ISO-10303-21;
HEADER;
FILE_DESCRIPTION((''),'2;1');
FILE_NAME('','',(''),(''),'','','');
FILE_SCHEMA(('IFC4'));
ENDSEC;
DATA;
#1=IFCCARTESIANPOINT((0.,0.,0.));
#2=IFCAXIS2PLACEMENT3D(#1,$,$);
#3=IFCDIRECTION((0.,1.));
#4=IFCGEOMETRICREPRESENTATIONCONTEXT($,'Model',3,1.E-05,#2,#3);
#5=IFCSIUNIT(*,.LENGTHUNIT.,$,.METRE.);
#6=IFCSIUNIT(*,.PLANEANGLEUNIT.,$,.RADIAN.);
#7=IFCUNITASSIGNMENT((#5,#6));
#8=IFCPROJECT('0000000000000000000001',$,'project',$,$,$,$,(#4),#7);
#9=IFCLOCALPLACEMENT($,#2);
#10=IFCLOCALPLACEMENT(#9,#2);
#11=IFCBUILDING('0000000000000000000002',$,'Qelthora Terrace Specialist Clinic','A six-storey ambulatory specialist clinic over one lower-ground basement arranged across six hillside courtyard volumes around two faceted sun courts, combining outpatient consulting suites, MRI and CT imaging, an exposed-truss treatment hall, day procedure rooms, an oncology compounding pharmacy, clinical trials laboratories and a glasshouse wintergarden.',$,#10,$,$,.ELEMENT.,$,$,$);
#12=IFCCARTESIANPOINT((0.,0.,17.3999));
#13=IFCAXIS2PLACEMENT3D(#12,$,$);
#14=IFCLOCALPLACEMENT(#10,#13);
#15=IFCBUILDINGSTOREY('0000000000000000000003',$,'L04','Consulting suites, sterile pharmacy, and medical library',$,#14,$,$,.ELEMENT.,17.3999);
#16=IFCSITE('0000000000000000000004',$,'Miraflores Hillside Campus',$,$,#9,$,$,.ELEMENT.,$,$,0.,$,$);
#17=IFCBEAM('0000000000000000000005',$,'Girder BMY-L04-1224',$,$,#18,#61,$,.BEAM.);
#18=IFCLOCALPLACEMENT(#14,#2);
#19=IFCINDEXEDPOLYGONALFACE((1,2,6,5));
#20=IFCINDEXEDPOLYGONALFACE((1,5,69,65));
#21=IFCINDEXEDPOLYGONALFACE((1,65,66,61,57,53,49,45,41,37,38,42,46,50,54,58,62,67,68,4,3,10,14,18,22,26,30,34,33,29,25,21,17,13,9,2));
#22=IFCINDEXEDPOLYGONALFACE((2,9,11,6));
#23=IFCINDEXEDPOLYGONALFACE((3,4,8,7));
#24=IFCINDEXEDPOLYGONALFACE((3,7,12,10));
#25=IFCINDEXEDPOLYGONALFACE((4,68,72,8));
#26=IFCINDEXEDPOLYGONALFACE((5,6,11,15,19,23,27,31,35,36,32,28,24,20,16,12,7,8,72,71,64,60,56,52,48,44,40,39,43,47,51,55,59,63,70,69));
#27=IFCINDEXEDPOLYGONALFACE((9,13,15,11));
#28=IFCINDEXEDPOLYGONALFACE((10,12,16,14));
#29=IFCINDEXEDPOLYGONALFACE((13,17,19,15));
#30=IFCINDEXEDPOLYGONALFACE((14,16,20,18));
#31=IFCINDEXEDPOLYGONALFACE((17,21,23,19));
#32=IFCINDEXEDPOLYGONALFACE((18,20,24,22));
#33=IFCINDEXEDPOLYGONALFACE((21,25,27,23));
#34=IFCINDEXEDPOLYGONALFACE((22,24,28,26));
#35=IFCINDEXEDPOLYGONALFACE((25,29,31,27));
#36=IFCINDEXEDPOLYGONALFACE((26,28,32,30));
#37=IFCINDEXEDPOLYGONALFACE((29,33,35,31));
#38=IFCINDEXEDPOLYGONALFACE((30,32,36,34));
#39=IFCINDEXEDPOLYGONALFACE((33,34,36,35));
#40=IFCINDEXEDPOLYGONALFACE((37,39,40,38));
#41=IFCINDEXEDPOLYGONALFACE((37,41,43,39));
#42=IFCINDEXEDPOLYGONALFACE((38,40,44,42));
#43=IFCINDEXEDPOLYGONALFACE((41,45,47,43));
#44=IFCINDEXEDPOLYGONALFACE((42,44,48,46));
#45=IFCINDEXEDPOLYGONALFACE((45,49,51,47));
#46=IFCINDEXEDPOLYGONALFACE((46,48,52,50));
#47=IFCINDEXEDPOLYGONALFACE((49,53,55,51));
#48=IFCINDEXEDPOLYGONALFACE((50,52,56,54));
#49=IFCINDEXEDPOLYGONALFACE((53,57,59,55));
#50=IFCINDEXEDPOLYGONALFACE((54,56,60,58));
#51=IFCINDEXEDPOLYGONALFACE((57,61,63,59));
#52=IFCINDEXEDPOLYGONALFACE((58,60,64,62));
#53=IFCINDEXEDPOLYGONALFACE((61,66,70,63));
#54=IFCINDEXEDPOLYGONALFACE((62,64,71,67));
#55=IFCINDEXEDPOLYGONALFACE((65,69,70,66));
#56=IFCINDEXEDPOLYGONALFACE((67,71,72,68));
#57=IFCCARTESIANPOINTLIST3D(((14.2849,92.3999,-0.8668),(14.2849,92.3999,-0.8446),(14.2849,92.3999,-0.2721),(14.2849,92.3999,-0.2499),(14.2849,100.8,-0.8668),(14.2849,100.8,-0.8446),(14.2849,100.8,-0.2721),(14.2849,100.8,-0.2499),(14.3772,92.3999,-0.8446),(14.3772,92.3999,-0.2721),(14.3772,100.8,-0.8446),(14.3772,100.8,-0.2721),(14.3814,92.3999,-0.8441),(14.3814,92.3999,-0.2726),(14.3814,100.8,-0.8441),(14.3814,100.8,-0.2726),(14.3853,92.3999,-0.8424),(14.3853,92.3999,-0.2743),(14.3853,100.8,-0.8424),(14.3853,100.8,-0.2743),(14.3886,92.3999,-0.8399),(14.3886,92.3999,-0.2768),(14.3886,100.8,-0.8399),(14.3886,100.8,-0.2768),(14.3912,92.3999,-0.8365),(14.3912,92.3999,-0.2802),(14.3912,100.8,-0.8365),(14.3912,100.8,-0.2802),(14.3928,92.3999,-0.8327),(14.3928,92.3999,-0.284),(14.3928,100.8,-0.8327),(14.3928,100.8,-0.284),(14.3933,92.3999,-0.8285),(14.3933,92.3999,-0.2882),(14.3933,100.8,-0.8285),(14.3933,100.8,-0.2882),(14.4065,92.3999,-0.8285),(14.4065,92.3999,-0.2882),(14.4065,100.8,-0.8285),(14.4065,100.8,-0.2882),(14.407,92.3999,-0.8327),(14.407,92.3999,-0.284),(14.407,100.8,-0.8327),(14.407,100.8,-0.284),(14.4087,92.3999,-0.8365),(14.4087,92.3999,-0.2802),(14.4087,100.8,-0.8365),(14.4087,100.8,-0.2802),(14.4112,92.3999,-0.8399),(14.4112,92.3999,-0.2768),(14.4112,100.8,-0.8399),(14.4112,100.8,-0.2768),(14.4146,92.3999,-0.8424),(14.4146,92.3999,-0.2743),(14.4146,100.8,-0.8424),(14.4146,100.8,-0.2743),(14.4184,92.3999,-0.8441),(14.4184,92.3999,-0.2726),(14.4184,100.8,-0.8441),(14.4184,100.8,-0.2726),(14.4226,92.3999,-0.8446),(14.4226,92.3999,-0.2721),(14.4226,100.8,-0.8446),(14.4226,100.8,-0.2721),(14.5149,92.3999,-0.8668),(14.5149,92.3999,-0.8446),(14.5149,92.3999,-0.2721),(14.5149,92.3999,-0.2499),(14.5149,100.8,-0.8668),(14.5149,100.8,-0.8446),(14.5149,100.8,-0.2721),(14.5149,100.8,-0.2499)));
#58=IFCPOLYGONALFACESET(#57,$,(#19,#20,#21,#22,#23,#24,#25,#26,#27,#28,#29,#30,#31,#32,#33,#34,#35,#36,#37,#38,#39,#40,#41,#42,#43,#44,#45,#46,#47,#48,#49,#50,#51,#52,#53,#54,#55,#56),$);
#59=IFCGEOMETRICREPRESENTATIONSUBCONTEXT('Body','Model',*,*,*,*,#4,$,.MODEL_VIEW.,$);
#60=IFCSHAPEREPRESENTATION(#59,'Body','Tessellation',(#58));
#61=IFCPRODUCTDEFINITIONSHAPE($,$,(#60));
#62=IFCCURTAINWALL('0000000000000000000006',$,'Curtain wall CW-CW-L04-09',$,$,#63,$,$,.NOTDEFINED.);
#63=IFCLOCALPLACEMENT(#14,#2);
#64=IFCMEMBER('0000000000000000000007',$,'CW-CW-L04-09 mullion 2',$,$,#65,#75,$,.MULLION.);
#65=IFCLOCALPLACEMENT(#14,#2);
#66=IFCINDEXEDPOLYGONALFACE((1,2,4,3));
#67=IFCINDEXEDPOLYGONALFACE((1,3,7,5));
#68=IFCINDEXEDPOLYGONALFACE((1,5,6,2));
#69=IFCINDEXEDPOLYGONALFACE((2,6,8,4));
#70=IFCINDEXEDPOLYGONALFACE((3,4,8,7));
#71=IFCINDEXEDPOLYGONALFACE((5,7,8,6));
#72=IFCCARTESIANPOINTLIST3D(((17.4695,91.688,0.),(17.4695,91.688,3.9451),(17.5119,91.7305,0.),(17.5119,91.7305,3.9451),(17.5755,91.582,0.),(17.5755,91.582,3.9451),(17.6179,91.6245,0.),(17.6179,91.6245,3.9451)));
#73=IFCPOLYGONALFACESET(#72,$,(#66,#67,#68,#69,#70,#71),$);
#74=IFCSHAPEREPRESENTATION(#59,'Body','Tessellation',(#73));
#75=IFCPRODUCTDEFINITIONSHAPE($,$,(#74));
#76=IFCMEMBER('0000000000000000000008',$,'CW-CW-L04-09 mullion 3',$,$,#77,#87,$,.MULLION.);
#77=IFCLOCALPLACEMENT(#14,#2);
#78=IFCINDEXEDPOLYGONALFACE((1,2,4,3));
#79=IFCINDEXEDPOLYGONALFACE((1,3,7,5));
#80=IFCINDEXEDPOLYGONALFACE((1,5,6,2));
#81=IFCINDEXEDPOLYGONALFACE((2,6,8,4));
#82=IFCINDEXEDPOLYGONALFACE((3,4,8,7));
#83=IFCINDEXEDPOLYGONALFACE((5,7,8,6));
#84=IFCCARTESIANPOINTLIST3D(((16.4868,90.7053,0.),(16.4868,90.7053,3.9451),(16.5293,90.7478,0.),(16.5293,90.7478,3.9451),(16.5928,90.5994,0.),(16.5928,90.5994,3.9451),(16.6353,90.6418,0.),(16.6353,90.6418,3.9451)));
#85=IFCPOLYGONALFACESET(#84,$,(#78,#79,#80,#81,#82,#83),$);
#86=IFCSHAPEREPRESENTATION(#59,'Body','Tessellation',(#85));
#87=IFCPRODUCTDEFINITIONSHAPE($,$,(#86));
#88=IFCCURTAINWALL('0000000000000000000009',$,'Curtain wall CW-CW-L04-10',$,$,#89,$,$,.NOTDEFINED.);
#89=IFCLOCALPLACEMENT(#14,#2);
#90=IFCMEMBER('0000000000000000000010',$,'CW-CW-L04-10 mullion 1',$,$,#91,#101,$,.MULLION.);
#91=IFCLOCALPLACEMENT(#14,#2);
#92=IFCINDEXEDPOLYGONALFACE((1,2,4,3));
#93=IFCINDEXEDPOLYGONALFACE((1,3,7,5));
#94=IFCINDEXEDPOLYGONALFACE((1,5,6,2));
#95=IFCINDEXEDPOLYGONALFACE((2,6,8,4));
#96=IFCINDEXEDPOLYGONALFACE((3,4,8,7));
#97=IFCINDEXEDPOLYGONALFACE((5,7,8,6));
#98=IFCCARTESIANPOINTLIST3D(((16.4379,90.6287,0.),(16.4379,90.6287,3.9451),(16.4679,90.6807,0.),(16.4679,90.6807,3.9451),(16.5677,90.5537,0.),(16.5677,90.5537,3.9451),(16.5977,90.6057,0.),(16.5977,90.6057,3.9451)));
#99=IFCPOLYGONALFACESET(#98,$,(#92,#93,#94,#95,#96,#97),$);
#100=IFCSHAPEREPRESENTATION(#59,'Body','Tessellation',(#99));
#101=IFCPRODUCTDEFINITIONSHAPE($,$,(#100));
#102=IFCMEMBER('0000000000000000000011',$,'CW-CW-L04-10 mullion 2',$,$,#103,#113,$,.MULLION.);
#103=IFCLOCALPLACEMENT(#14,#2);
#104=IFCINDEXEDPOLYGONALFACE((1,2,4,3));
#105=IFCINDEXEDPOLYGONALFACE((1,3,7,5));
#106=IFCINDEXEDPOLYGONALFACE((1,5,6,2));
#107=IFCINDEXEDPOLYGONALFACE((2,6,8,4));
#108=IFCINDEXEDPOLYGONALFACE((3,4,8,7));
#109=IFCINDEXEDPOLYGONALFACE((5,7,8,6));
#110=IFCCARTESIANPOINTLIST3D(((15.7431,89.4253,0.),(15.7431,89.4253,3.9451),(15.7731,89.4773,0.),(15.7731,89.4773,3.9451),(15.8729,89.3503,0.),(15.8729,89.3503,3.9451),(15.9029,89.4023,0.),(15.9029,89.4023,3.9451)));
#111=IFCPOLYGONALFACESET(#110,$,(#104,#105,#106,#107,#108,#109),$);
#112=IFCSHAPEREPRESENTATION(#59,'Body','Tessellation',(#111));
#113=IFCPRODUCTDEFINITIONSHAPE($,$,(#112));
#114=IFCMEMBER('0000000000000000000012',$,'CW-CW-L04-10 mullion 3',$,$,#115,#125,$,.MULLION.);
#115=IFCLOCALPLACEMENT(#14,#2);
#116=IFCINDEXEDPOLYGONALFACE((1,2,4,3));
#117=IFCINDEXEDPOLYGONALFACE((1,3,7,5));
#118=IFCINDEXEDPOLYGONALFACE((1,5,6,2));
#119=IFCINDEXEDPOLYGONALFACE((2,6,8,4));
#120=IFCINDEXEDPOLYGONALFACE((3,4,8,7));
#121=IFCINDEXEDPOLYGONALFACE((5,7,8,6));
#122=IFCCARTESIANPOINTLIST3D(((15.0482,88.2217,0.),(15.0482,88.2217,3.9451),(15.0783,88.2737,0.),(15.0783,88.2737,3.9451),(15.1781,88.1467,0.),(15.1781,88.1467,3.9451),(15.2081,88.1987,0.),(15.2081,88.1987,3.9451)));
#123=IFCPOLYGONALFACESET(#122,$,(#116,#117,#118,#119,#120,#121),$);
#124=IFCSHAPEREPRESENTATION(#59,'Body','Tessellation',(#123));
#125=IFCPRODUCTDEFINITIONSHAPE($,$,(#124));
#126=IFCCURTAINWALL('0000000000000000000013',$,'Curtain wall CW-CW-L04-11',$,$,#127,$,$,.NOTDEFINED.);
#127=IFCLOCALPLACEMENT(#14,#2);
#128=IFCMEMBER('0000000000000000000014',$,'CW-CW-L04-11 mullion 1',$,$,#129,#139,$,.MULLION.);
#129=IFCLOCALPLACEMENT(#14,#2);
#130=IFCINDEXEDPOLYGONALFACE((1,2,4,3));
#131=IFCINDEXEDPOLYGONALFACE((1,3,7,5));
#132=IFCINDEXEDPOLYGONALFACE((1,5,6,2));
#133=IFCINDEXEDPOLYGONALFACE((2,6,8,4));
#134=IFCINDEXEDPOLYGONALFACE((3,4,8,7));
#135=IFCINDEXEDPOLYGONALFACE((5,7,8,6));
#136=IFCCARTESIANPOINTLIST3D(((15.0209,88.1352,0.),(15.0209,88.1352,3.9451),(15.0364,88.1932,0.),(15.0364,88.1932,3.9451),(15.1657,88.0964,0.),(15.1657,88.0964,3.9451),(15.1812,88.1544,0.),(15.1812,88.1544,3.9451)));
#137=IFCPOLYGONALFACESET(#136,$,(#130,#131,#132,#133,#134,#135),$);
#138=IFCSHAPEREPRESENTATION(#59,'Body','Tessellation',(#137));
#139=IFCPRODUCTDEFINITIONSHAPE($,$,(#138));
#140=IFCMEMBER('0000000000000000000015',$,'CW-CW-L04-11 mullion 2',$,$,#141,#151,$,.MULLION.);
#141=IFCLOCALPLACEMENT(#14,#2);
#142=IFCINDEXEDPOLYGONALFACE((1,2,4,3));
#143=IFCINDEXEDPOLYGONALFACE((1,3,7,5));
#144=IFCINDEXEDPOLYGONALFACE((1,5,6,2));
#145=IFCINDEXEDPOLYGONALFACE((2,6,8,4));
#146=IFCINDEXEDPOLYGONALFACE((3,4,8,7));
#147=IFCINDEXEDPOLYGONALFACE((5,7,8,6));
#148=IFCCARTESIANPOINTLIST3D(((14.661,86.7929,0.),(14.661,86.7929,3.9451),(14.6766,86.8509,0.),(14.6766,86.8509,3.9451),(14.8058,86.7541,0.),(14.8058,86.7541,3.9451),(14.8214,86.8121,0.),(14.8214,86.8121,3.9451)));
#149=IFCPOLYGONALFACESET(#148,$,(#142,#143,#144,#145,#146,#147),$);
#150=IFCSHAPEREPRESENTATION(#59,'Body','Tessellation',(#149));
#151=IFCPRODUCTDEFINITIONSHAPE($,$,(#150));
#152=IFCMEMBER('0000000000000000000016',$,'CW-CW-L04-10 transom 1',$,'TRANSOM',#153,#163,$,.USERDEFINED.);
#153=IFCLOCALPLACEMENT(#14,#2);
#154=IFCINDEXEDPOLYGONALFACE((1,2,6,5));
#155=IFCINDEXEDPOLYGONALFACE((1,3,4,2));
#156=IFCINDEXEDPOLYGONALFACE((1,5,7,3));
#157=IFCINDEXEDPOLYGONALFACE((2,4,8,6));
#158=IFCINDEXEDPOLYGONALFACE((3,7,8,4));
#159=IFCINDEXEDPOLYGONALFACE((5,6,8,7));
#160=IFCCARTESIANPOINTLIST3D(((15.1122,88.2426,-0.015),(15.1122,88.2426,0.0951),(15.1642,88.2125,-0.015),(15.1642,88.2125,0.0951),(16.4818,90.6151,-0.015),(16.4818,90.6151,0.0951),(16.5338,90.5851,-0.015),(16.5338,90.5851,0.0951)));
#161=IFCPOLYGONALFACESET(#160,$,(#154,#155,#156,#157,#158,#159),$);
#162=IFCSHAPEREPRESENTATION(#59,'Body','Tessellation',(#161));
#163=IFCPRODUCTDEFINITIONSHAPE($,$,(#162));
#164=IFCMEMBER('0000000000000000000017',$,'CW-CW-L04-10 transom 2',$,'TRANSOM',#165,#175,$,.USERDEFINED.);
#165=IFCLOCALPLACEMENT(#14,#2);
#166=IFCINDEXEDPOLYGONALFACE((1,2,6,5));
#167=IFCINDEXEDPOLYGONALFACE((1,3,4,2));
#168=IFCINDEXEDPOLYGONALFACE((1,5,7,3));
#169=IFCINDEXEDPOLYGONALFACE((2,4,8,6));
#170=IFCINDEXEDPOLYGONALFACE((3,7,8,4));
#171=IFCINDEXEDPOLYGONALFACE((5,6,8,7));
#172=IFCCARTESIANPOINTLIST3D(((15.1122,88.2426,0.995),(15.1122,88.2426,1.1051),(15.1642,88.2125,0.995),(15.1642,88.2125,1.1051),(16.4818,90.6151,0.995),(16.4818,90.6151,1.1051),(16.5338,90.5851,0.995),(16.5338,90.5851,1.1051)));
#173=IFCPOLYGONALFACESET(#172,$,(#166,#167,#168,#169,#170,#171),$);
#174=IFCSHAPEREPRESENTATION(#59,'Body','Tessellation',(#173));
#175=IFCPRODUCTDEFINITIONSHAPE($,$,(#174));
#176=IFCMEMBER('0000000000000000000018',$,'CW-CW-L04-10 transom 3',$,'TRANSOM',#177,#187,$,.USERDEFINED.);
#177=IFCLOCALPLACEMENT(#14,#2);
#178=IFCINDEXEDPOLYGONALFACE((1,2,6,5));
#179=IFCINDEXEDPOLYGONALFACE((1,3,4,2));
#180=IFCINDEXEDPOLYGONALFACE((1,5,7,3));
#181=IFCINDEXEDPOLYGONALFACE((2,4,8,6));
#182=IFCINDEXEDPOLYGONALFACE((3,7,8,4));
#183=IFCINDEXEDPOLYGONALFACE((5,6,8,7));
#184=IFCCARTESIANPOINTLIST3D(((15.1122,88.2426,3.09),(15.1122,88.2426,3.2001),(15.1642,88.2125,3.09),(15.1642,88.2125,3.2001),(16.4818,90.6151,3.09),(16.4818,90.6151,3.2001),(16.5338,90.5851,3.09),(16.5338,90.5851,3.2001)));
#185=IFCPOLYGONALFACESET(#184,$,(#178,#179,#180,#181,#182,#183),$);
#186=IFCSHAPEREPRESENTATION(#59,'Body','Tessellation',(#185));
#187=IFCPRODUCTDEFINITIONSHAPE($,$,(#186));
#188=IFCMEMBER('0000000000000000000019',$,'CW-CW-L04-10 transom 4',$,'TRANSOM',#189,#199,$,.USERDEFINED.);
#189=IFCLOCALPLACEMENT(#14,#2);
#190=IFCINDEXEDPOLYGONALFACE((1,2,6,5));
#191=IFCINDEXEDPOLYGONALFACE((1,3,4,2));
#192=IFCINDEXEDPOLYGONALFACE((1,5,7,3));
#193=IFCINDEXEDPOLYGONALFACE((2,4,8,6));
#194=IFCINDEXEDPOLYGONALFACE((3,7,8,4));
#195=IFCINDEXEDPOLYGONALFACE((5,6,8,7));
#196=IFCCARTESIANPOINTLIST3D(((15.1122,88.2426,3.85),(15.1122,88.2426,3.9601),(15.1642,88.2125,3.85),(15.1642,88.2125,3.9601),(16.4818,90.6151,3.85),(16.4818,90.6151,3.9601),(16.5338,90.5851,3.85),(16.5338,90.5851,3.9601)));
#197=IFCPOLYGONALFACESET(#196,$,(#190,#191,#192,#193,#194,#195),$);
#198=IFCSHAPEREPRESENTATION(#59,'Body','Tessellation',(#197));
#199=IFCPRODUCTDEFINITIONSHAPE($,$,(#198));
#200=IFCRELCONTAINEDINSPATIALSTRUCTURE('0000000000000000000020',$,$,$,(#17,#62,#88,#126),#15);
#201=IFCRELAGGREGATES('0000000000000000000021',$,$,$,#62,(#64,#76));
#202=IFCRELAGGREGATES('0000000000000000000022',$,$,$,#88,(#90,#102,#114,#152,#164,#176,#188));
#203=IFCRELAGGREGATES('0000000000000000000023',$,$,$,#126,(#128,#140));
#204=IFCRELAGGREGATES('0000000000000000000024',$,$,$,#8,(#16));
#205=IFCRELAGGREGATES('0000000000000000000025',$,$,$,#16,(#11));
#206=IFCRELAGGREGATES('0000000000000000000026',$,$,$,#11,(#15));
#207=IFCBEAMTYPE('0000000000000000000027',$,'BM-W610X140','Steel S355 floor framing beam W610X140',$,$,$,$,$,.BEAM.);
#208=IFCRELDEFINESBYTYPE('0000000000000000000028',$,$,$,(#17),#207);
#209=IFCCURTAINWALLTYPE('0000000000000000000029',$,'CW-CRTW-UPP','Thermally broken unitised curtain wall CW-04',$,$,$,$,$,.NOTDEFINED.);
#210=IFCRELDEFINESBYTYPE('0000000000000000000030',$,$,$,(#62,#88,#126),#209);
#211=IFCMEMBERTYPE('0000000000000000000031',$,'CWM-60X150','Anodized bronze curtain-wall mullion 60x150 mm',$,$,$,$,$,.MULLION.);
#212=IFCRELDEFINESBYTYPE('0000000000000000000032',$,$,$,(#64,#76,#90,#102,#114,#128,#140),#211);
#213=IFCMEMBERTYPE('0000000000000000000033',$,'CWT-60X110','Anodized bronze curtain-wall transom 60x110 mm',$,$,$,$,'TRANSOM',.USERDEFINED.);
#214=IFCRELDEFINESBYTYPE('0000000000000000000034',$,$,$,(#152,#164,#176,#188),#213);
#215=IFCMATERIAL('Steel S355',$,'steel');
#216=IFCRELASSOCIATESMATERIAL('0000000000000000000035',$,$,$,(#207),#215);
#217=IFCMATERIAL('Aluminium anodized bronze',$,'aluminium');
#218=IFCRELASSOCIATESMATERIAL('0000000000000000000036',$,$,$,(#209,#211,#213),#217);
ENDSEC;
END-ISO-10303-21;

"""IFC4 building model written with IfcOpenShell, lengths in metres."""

from ifc_helpers import new_model, si_unit, direction, frame, origin, origin_2d, place, context, subcontext, project, spatial, rectangle, i_section, extrude, material, material_profile, profile_set, type_object, element, aggregate, save


model = new_model("IFC4")

# Units and contexts
model_context = context("Model", 3, precision=1e-05, world=origin(), true_north=direction((0.0, 1.0)))
body_context = subcontext(model_context, "Body", "Model", "MODEL_VIEW")
ifc_project = project(units=[si_unit("LENGTHUNIT", "METRE"), si_unit("PLANEANGLEUNIT", "RADIAN")], contexts=[model_context])

# Site, building, storey
site_placement = place(None, origin())
site = spatial("IfcSite", under=ifc_project, at=site_placement, Name="Miraflores Hillside Campus", CompositionType="ELEMENT", RefElevation=0.0)
building_placement = place(site_placement, origin())
building = spatial("IfcBuilding", under=site, at=building_placement, Name="Qelthora Terrace Specialist Clinic", Description="A six-storey ambulatory specialist clinic over one lower-ground basement arranged across six hillside courtyard volumes around two faceted sun courts, combining outpatient consulting suites, MRI and CT imaging, an exposed-truss treatment hall, day procedure rooms, an oncology compounding pharmacy, clinical trials laboratories and a glasshouse wintergarden.", CompositionType="ELEMENT")
storey_placement = place(building_placement, frame((0.0, 0.0, 17.3999)))
storey = spatial("IfcBuildingStorey", under=building, at=storey_placement, Name="L04", Description="Consulting suites, sterile pharmacy, and medical library", CompositionType="ELEMENT", Elevation=17.3999)

# Beam
ifc_material_1 = material(Name="Steel S355", Category="steel")
ifc_material_profile_1 = material_profile(ifc_material_1, i_section(OverallWidth=0.23, OverallDepth=0.6169, WebThickness=0.0132, FlangeThickness=0.0222, FilletRadius=0.0161, at=origin_2d()), Name="W610X140")
ifc_profile_set_1 = profile_set([ifc_material_profile_1], Name="Steel S355")
beam_type = type_object("IfcBeamType", Name="BM-W610X140", Description="Steel S355 floor framing beam W610X140", PredefinedType="BEAM", material=ifc_profile_set_1)
beam_placement = place(storey_placement, frame((14.3999, 92.3999, -0.5583), z_axis=(0.0, 1.0, 0.0), x_axis=(-1.0, 0.0, 0.0)))
element("IfcBeam", 1, at=beam_placement, inside=storey, type_object=beam_type, Name="Girder BMY-L04-1224", PredefinedType="BEAM", context=body_context, shape_type="SweptSolid", body=[
    extrude(i_section(OverallWidth=0.23, OverallDepth=0.6169, WebThickness=0.0132, FlangeThickness=0.0222, FilletRadius=0.0161, at=origin_2d()), origin(), (0.0, 0.0, 1.0), 8.4001),
])

# Curtain walls, members
ifc_material_2 = material(Name="Aluminium anodized bronze", Category="aluminium")
curtain_wall_type = type_object("IfcCurtainWallType", Name="CW-CRTW-UPP", Description="Thermally broken unitised curtain wall CW-04", PredefinedType="NOTDEFINED", material=ifc_material_2)
curtain_wall_1_placement = place(storey_placement, origin())
curtain_wall_1 = element("IfcCurtainWall", 2, at=curtain_wall_1_placement, inside=storey, type_object=curtain_wall_type, Name="Curtain wall CW-CW-L04-09", PredefinedType="NOTDEFINED")
ifc_material_profile_2 = material_profile(ifc_material_2, rectangle(XDim=0.0601, YDim=0.1499, at=origin_2d()), Name="CWM60X150")
ifc_profile_set_2 = profile_set([ifc_material_profile_2], Name="Aluminium anodized bronze")
member_type_1 = type_object("IfcMemberType", Name="CWM-60X150", Description="Anodized bronze curtain-wall mullion 60x150 mm", PredefinedType="MULLION", material=ifc_profile_set_2)
member_1_placement = place(storey_placement, frame((17.5437, 91.6562, 0.0), z_axis=(0.0, 0.0, 1.0), x_axis=(-0.707107, -0.707107, 0.0)))
member_1 = element("IfcMember", 3, at=member_1_placement, type_object=member_type_1, Name="CW-CW-L04-09 mullion 2", PredefinedType="MULLION", context=body_context, shape_type="SweptSolid", body=[
    extrude(rectangle(XDim=0.0601, YDim=0.1499, at=origin_2d()), origin(), (0.0, 0.0, 1.0), 3.9451),
])
member_2_placement = place(storey_placement, frame((16.561, 90.6736, 0.0), z_axis=(0.0, 0.0, 1.0), x_axis=(-0.707107, -0.707107, 0.0)))
member_2 = element("IfcMember", 4, at=member_2_placement, type_object=member_type_1, Name="CW-CW-L04-09 mullion 3", PredefinedType="MULLION", context=body_context, shape_type="SweptSolid", body=[
    extrude(rectangle(XDim=0.0601, YDim=0.1499, at=origin_2d()), origin(), (0.0, 0.0, 1.0), 3.9451),
])
curtain_wall_2_placement = place(storey_placement, origin())
curtain_wall_2 = element("IfcCurtainWall", 5, at=curtain_wall_2_placement, inside=storey, type_object=curtain_wall_type, Name="Curtain wall CW-CW-L04-10", PredefinedType="NOTDEFINED")
member_3_placement = place(storey_placement, frame((16.5178, 90.6172, 0.0), z_axis=(0.0, 0.0, 1.0), x_axis=(-0.5, -0.866026, 0.0)))
member_3 = element("IfcMember", 6, at=member_3_placement, type_object=member_type_1, Name="CW-CW-L04-10 mullion 1", PredefinedType="MULLION", context=body_context, shape_type="SweptSolid", body=[
    extrude(rectangle(XDim=0.0601, YDim=0.1499, at=origin_2d()), origin(), (0.0, 0.0, 1.0), 3.9451),
])
member_4_placement = place(storey_placement, frame((15.823, 89.4138, 0.0), z_axis=(0.0, 0.0, 1.0), x_axis=(-0.5, -0.866026, 0.0)))
member_4 = element("IfcMember", 7, at=member_4_placement, type_object=member_type_1, Name="CW-CW-L04-10 mullion 2", PredefinedType="MULLION", context=body_context, shape_type="SweptSolid", body=[
    extrude(rectangle(XDim=0.0601, YDim=0.1499, at=origin_2d()), origin(), (0.0, 0.0, 1.0), 3.9451),
])
member_5_placement = place(storey_placement, frame((15.1282, 88.2102, 0.0), z_axis=(0.0, 0.0, 1.0), x_axis=(-0.5, -0.866026, 0.0)))
member_5 = element("IfcMember", 8, at=member_5_placement, type_object=member_type_1, Name="CW-CW-L04-10 mullion 3", PredefinedType="MULLION", context=body_context, shape_type="SweptSolid", body=[
    extrude(rectangle(XDim=0.0601, YDim=0.1499, at=origin_2d()), origin(), (0.0, 0.0, 1.0), 3.9451),
])
curtain_wall_3_placement = place(storey_placement, origin())
curtain_wall_3 = element("IfcCurtainWall", 9, at=curtain_wall_3_placement, inside=storey, type_object=curtain_wall_type, Name="Curtain wall CW-CW-L04-11", PredefinedType="NOTDEFINED")
member_6_placement = place(storey_placement, frame((15.1011, 88.1448, 0.0), z_axis=(0.0, 0.0, 1.0), x_axis=(-0.25882, -0.965925, 0.0)))
member_6 = element("IfcMember", 10, at=member_6_placement, type_object=member_type_1, Name="CW-CW-L04-11 mullion 1", PredefinedType="MULLION", context=body_context, shape_type="SweptSolid", body=[
    extrude(rectangle(XDim=0.0601, YDim=0.1499, at=origin_2d()), origin(), (0.0, 0.0, 1.0), 3.9451),
])
member_7_placement = place(storey_placement, frame((14.7412, 86.8025, 0.0), z_axis=(0.0, 0.0, 1.0), x_axis=(-0.25882, -0.965925, 0.0)))
member_7 = element("IfcMember", 11, at=member_7_placement, type_object=member_type_1, Name="CW-CW-L04-11 mullion 2", PredefinedType="MULLION", context=body_context, shape_type="SweptSolid", body=[
    extrude(rectangle(XDim=0.0601, YDim=0.1499, at=origin_2d()), origin(), (0.0, 0.0, 1.0), 3.9451),
])

# Members
ifc_material_profile_3 = material_profile(ifc_material_2, rectangle(XDim=0.0601, YDim=0.1101, at=origin_2d()), Name="CWT60X110")
ifc_profile_set_3 = profile_set([ifc_material_profile_3], Name="Aluminium anodized bronze")
member_type_2 = type_object("IfcMemberType", Name="CWT-60X110", Description="Anodized bronze curtain-wall transom 60x110 mm", ElementType="TRANSOM", PredefinedType="USERDEFINED", material=ifc_profile_set_3)
member_8_placement = place(storey_placement, frame((16.5078, 90.6001, 0.04), z_axis=(-0.499954, -0.866052, 0.0), x_axis=(0.866052, -0.499954, 0.0)))
member_8 = element("IfcMember", 12, at=member_8_placement, type_object=member_type_2, Name="CW-CW-L04-10 transom 1", ObjectType="TRANSOM", PredefinedType="USERDEFINED", context=body_context, shape_type="SweptSolid", body=[
    extrude(rectangle(XDim=0.0601, YDim=0.1101, at=origin_2d()), origin(), (0.0, 0.0, 1.0), 2.7395),
])
member_9_placement = place(storey_placement, frame((16.5078, 90.6001, 1.05), z_axis=(-0.499954, -0.866052, 0.0), x_axis=(0.866052, -0.499954, 0.0)))
member_9 = element("IfcMember", 13, at=member_9_placement, type_object=member_type_2, Name="CW-CW-L04-10 transom 2", ObjectType="TRANSOM", PredefinedType="USERDEFINED", context=body_context, shape_type="SweptSolid", body=[
    extrude(rectangle(XDim=0.0601, YDim=0.1101, at=origin_2d()), origin(), (0.0, 0.0, 1.0), 2.7395),
])
member_10_placement = place(storey_placement, frame((16.5078, 90.6001, 3.145), z_axis=(-0.499954, -0.866052, 0.0), x_axis=(0.866052, -0.499954, 0.0)))
member_10 = element("IfcMember", 14, at=member_10_placement, type_object=member_type_2, Name="CW-CW-L04-10 transom 3", ObjectType="TRANSOM", PredefinedType="USERDEFINED", context=body_context, shape_type="SweptSolid", body=[
    extrude(rectangle(XDim=0.0601, YDim=0.1101, at=origin_2d()), origin(), (0.0, 0.0, 1.0), 2.7395),
])
member_11_placement = place(storey_placement, frame((16.5078, 90.6001, 3.905), z_axis=(-0.499954, -0.866052, 0.0), x_axis=(0.866052, -0.499954, 0.0)))
member_11 = element("IfcMember", 15, at=member_11_placement, type_object=member_type_2, Name="CW-CW-L04-10 transom 4", ObjectType="TRANSOM", PredefinedType="USERDEFINED", context=body_context, shape_type="SweptSolid", body=[
    extrude(rectangle(XDim=0.0601, YDim=0.1101, at=origin_2d()), origin(), (0.0, 0.0, 1.0), 2.7395),
])

aggregate(curtain_wall_1, [member_1, member_2])
aggregate(curtain_wall_2, [member_3, member_4, member_5, member_8, member_9, member_10, member_11])
aggregate(curtain_wall_3, [member_6, member_7])

save(model, "model.ifc")
